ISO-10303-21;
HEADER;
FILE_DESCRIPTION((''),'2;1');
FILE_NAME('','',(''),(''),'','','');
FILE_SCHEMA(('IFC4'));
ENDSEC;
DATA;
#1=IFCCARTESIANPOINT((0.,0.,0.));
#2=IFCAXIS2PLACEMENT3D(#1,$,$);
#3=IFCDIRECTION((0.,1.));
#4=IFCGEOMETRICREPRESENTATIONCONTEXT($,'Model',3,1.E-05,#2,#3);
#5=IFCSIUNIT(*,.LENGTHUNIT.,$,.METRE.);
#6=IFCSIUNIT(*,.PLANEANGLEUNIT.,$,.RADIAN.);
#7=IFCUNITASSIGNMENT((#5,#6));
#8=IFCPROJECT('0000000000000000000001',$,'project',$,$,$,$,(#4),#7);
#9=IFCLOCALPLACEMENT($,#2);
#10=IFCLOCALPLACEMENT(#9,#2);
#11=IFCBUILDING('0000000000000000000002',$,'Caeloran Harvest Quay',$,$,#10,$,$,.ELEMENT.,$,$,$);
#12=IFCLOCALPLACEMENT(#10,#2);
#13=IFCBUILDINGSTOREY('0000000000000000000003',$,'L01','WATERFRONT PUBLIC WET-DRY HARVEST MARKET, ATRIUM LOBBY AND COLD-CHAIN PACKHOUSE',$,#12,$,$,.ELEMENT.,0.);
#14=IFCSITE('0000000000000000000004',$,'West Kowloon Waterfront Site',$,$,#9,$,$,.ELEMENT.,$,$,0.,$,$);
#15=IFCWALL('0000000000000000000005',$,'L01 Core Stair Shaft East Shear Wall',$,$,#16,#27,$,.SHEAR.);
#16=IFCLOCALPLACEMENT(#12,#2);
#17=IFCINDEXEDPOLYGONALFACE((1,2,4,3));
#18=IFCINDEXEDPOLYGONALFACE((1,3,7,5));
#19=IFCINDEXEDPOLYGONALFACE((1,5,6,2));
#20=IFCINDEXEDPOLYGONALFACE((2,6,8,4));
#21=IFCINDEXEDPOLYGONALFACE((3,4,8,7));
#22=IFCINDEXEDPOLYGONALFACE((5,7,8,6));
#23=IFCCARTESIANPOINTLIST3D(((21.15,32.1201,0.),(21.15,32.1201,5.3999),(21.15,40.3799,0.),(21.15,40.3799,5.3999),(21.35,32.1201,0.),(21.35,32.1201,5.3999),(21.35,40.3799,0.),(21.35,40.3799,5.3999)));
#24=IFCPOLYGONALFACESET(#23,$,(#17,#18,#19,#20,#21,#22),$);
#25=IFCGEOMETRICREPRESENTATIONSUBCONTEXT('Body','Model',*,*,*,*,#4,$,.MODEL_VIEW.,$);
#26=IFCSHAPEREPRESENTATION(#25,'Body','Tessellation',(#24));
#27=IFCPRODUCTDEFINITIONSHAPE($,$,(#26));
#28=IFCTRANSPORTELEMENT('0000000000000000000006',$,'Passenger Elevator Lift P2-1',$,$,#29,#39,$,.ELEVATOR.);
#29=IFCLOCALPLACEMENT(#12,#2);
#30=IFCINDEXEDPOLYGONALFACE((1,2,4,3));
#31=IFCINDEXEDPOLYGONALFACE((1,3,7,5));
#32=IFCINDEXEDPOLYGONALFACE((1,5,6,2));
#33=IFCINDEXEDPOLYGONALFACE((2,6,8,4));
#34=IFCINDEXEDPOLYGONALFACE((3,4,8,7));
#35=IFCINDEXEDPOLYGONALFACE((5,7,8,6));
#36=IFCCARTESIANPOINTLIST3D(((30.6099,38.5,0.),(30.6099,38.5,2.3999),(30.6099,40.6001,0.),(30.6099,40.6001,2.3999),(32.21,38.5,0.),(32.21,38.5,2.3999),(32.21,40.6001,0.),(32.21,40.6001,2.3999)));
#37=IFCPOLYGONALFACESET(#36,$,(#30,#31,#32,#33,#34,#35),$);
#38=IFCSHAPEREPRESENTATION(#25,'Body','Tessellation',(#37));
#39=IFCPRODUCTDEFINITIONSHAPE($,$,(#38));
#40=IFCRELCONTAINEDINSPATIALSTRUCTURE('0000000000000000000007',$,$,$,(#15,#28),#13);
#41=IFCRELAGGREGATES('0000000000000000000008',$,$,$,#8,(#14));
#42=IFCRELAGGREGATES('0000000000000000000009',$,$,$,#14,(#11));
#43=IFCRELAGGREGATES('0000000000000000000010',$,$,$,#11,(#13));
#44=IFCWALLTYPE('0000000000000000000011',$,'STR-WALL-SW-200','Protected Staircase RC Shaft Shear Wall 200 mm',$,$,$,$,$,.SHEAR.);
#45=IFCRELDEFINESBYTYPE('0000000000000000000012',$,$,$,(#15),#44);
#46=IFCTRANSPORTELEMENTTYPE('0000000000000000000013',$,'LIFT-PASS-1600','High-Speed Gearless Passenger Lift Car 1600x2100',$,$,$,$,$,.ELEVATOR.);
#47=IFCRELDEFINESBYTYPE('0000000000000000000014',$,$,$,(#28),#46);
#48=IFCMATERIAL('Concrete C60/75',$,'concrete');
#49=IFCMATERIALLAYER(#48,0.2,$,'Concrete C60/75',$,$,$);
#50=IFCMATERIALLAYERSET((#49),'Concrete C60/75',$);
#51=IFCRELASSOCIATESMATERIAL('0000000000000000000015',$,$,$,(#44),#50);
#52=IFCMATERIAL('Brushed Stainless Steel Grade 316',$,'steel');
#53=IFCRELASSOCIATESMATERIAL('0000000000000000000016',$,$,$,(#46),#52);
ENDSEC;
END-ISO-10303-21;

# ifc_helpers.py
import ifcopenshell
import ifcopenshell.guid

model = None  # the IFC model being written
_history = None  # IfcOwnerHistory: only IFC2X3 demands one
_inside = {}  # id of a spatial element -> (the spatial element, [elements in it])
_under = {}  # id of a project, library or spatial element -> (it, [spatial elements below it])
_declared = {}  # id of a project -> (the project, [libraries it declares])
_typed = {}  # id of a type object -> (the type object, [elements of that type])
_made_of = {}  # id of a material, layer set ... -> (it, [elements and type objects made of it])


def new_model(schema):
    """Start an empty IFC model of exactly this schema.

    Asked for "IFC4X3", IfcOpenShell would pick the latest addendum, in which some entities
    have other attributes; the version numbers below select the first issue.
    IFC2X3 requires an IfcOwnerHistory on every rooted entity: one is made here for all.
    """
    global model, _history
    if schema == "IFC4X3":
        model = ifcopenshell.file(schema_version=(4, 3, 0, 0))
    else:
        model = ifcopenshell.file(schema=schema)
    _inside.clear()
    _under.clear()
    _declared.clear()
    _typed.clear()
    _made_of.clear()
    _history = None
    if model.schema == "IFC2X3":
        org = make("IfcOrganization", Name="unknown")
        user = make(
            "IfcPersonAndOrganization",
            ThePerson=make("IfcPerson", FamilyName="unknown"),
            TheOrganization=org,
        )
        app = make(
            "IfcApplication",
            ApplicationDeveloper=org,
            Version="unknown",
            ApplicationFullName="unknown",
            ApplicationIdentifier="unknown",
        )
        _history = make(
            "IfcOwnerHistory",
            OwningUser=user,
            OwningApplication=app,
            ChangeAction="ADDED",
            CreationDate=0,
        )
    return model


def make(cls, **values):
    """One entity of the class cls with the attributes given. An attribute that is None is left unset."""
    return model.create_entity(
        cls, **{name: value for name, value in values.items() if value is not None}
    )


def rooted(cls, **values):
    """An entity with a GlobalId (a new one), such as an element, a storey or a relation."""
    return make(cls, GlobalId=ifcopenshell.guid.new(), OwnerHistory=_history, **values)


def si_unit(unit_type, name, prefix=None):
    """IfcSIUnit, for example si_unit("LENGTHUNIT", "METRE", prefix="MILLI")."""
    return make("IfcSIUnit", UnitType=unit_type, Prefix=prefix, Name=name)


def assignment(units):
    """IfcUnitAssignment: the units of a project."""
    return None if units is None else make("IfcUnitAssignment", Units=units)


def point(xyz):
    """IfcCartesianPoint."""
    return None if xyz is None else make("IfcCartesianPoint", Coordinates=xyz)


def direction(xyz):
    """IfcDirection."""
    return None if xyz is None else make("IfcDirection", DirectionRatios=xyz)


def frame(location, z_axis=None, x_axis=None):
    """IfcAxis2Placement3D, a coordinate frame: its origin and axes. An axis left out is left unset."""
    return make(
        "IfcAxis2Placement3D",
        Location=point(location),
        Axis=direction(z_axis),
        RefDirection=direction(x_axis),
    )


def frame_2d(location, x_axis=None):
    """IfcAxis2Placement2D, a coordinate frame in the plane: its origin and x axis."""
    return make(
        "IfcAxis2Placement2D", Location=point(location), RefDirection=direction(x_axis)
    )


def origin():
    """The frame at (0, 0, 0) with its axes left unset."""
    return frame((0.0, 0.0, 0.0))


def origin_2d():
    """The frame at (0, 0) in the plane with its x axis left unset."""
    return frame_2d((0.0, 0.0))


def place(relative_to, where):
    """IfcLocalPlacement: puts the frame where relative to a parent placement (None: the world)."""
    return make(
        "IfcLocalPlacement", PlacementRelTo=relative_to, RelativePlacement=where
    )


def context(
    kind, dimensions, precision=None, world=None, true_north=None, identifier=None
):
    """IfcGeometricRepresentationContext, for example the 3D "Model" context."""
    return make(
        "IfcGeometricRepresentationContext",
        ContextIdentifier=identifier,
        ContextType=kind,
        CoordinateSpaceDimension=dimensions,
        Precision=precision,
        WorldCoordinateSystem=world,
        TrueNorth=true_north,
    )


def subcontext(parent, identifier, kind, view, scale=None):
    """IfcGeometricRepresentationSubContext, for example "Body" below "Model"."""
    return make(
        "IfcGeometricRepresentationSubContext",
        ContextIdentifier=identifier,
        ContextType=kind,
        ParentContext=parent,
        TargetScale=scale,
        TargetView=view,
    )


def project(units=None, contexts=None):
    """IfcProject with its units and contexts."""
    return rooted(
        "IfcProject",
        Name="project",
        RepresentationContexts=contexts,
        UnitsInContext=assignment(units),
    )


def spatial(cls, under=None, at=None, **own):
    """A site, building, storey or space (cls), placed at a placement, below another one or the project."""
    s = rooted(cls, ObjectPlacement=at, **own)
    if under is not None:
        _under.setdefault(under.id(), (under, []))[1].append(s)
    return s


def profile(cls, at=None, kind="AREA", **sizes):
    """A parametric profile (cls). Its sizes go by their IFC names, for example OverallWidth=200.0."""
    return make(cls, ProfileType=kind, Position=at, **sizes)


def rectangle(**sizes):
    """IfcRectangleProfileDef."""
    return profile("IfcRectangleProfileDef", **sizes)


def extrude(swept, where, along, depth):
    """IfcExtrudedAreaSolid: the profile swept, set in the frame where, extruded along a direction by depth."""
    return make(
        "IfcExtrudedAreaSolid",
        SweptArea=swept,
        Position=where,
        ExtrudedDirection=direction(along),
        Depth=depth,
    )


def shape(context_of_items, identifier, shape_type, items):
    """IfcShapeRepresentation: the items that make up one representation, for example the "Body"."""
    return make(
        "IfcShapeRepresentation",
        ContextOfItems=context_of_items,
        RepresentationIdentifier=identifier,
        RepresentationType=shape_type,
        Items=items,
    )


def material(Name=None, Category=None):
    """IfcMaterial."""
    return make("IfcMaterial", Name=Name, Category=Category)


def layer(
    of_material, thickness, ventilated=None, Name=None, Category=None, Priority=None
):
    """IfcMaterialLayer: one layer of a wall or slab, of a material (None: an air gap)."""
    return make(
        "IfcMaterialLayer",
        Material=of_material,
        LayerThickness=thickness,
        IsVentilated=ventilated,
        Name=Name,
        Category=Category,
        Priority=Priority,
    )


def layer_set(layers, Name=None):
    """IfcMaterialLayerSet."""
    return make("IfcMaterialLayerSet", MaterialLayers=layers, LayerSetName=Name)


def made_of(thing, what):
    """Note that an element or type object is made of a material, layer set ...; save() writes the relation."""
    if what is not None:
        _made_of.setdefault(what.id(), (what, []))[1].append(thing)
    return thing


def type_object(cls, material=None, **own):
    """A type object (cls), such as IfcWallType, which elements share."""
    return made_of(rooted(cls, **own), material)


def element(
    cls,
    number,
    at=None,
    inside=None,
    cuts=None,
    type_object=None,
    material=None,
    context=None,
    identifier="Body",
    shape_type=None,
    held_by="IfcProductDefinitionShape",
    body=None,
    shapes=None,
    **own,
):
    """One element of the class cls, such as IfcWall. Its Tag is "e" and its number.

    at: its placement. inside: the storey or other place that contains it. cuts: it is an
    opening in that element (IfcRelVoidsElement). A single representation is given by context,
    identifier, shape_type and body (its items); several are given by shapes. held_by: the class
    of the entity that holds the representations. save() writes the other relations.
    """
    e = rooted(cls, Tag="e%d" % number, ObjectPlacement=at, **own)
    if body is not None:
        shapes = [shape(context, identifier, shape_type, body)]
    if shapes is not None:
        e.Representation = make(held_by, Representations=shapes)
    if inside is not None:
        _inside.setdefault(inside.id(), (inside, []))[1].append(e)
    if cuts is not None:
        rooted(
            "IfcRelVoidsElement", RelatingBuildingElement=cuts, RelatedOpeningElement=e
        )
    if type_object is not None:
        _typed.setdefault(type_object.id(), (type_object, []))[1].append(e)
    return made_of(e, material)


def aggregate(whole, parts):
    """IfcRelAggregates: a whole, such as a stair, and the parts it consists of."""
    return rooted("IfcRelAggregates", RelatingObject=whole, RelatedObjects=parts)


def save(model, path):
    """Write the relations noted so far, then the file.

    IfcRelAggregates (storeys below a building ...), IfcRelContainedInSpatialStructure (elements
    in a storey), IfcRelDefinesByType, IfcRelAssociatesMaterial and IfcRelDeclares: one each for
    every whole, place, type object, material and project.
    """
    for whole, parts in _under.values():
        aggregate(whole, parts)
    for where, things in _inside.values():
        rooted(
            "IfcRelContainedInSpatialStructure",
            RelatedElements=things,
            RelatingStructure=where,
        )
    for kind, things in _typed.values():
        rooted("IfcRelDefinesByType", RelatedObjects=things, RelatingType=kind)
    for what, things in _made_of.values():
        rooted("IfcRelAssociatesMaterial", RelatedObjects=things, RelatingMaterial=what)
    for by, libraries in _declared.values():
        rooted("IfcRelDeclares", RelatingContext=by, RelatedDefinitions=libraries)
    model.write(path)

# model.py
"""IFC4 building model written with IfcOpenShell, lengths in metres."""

from ifc_helpers import new_model, si_unit, direction, frame, frame_2d, origin, origin_2d, place, context, subcontext, project, spatial, rectangle, extrude, material, layer, layer_set, type_object, element, save


model = new_model("IFC4")

# Units and contexts
model_context = context("Model", 3, precision=1e-05, world=origin(), true_north=direction((0.0, 1.0)))
body_context = subcontext(model_context, "Body", "Model", "MODEL_VIEW")
ifc_project = project(units=[si_unit("LENGTHUNIT", "METRE"), si_unit("PLANEANGLEUNIT", "RADIAN")], contexts=[model_context])

# Site, building, storey
site_placement = place(None, origin())
site = spatial("IfcSite", under=ifc_project, at=site_placement, Name="West Kowloon Waterfront Site", CompositionType="ELEMENT", RefElevation=0.0)
building_placement = place(site_placement, origin())
building = spatial("IfcBuilding", under=site, at=building_placement, Name="Caeloran Harvest Quay", CompositionType="ELEMENT")
storey_placement = place(building_placement, origin())
storey = spatial("IfcBuildingStorey", under=building, at=storey_placement, Name="L01", Description="WATERFRONT PUBLIC WET-DRY HARVEST MARKET, ATRIUM LOBBY AND COLD-CHAIN PACKHOUSE", CompositionType="ELEMENT", Elevation=0.0)

# Wall
ifc_material_1 = material(Name="Concrete C60/75", Category="concrete")
ifc_layer_1 = layer(ifc_material_1, 0.2, Name="Concrete C60/75")
ifc_layer_set_1 = layer_set([ifc_layer_1], Name="Concrete C60/75")
wall_type_1 = type_object("IfcWallType", Name="STR-WALL-SW-200", Description="Protected Staircase RC Shaft Shear Wall 200 mm", PredefinedType="SHEAR", material=ifc_layer_set_1)
wall_1_placement = place(storey_placement, frame((21.25, 32.1201, 0.0), z_axis=(0.0, 0.0, 1.0), x_axis=(0.0, 1.0, 0.0)))
element("IfcWall", 1, at=wall_1_placement, inside=storey, type_object=wall_type_1, Name="L01 Core Stair Shaft East Shear Wall", PredefinedType="SHEAR", context=body_context, shape_type="SweptSolid", body=[
    extrude(rectangle(XDim=8.2598, YDim=0.2, at=frame_2d((4.1299, 0.0))), origin(), (0.0, 0.0, 1.0), 5.3999),
])

# Transport element
ifc_material_2 = material(Name="Brushed Stainless Steel Grade 316", Category="steel")
transport_element_type = type_object("IfcTransportElementType", Name="LIFT-PASS-1600", Description="High-Speed Gearless Passenger Lift Car 1600x2100", PredefinedType="ELEVATOR", material=ifc_material_2)
transport_element_placement = place(storey_placement, frame((31.4099, 39.55, 0.0), z_axis=(0.0, 0.0, 1.0), x_axis=(1.0, 0.0, 0.0)))
element("IfcTransportElement", 2, at=transport_element_placement, inside=storey, type_object=transport_element_type, Name="Passenger Elevator Lift P2-1", PredefinedType="ELEVATOR", context=body_context, shape_type="SweptSolid", body=[
    extrude(rectangle(XDim=1.6001, YDim=2.1001, at=origin_2d()), origin(), (0.0, 0.0, 1.0), 2.3999),
])

save(model, "model.ifc")
